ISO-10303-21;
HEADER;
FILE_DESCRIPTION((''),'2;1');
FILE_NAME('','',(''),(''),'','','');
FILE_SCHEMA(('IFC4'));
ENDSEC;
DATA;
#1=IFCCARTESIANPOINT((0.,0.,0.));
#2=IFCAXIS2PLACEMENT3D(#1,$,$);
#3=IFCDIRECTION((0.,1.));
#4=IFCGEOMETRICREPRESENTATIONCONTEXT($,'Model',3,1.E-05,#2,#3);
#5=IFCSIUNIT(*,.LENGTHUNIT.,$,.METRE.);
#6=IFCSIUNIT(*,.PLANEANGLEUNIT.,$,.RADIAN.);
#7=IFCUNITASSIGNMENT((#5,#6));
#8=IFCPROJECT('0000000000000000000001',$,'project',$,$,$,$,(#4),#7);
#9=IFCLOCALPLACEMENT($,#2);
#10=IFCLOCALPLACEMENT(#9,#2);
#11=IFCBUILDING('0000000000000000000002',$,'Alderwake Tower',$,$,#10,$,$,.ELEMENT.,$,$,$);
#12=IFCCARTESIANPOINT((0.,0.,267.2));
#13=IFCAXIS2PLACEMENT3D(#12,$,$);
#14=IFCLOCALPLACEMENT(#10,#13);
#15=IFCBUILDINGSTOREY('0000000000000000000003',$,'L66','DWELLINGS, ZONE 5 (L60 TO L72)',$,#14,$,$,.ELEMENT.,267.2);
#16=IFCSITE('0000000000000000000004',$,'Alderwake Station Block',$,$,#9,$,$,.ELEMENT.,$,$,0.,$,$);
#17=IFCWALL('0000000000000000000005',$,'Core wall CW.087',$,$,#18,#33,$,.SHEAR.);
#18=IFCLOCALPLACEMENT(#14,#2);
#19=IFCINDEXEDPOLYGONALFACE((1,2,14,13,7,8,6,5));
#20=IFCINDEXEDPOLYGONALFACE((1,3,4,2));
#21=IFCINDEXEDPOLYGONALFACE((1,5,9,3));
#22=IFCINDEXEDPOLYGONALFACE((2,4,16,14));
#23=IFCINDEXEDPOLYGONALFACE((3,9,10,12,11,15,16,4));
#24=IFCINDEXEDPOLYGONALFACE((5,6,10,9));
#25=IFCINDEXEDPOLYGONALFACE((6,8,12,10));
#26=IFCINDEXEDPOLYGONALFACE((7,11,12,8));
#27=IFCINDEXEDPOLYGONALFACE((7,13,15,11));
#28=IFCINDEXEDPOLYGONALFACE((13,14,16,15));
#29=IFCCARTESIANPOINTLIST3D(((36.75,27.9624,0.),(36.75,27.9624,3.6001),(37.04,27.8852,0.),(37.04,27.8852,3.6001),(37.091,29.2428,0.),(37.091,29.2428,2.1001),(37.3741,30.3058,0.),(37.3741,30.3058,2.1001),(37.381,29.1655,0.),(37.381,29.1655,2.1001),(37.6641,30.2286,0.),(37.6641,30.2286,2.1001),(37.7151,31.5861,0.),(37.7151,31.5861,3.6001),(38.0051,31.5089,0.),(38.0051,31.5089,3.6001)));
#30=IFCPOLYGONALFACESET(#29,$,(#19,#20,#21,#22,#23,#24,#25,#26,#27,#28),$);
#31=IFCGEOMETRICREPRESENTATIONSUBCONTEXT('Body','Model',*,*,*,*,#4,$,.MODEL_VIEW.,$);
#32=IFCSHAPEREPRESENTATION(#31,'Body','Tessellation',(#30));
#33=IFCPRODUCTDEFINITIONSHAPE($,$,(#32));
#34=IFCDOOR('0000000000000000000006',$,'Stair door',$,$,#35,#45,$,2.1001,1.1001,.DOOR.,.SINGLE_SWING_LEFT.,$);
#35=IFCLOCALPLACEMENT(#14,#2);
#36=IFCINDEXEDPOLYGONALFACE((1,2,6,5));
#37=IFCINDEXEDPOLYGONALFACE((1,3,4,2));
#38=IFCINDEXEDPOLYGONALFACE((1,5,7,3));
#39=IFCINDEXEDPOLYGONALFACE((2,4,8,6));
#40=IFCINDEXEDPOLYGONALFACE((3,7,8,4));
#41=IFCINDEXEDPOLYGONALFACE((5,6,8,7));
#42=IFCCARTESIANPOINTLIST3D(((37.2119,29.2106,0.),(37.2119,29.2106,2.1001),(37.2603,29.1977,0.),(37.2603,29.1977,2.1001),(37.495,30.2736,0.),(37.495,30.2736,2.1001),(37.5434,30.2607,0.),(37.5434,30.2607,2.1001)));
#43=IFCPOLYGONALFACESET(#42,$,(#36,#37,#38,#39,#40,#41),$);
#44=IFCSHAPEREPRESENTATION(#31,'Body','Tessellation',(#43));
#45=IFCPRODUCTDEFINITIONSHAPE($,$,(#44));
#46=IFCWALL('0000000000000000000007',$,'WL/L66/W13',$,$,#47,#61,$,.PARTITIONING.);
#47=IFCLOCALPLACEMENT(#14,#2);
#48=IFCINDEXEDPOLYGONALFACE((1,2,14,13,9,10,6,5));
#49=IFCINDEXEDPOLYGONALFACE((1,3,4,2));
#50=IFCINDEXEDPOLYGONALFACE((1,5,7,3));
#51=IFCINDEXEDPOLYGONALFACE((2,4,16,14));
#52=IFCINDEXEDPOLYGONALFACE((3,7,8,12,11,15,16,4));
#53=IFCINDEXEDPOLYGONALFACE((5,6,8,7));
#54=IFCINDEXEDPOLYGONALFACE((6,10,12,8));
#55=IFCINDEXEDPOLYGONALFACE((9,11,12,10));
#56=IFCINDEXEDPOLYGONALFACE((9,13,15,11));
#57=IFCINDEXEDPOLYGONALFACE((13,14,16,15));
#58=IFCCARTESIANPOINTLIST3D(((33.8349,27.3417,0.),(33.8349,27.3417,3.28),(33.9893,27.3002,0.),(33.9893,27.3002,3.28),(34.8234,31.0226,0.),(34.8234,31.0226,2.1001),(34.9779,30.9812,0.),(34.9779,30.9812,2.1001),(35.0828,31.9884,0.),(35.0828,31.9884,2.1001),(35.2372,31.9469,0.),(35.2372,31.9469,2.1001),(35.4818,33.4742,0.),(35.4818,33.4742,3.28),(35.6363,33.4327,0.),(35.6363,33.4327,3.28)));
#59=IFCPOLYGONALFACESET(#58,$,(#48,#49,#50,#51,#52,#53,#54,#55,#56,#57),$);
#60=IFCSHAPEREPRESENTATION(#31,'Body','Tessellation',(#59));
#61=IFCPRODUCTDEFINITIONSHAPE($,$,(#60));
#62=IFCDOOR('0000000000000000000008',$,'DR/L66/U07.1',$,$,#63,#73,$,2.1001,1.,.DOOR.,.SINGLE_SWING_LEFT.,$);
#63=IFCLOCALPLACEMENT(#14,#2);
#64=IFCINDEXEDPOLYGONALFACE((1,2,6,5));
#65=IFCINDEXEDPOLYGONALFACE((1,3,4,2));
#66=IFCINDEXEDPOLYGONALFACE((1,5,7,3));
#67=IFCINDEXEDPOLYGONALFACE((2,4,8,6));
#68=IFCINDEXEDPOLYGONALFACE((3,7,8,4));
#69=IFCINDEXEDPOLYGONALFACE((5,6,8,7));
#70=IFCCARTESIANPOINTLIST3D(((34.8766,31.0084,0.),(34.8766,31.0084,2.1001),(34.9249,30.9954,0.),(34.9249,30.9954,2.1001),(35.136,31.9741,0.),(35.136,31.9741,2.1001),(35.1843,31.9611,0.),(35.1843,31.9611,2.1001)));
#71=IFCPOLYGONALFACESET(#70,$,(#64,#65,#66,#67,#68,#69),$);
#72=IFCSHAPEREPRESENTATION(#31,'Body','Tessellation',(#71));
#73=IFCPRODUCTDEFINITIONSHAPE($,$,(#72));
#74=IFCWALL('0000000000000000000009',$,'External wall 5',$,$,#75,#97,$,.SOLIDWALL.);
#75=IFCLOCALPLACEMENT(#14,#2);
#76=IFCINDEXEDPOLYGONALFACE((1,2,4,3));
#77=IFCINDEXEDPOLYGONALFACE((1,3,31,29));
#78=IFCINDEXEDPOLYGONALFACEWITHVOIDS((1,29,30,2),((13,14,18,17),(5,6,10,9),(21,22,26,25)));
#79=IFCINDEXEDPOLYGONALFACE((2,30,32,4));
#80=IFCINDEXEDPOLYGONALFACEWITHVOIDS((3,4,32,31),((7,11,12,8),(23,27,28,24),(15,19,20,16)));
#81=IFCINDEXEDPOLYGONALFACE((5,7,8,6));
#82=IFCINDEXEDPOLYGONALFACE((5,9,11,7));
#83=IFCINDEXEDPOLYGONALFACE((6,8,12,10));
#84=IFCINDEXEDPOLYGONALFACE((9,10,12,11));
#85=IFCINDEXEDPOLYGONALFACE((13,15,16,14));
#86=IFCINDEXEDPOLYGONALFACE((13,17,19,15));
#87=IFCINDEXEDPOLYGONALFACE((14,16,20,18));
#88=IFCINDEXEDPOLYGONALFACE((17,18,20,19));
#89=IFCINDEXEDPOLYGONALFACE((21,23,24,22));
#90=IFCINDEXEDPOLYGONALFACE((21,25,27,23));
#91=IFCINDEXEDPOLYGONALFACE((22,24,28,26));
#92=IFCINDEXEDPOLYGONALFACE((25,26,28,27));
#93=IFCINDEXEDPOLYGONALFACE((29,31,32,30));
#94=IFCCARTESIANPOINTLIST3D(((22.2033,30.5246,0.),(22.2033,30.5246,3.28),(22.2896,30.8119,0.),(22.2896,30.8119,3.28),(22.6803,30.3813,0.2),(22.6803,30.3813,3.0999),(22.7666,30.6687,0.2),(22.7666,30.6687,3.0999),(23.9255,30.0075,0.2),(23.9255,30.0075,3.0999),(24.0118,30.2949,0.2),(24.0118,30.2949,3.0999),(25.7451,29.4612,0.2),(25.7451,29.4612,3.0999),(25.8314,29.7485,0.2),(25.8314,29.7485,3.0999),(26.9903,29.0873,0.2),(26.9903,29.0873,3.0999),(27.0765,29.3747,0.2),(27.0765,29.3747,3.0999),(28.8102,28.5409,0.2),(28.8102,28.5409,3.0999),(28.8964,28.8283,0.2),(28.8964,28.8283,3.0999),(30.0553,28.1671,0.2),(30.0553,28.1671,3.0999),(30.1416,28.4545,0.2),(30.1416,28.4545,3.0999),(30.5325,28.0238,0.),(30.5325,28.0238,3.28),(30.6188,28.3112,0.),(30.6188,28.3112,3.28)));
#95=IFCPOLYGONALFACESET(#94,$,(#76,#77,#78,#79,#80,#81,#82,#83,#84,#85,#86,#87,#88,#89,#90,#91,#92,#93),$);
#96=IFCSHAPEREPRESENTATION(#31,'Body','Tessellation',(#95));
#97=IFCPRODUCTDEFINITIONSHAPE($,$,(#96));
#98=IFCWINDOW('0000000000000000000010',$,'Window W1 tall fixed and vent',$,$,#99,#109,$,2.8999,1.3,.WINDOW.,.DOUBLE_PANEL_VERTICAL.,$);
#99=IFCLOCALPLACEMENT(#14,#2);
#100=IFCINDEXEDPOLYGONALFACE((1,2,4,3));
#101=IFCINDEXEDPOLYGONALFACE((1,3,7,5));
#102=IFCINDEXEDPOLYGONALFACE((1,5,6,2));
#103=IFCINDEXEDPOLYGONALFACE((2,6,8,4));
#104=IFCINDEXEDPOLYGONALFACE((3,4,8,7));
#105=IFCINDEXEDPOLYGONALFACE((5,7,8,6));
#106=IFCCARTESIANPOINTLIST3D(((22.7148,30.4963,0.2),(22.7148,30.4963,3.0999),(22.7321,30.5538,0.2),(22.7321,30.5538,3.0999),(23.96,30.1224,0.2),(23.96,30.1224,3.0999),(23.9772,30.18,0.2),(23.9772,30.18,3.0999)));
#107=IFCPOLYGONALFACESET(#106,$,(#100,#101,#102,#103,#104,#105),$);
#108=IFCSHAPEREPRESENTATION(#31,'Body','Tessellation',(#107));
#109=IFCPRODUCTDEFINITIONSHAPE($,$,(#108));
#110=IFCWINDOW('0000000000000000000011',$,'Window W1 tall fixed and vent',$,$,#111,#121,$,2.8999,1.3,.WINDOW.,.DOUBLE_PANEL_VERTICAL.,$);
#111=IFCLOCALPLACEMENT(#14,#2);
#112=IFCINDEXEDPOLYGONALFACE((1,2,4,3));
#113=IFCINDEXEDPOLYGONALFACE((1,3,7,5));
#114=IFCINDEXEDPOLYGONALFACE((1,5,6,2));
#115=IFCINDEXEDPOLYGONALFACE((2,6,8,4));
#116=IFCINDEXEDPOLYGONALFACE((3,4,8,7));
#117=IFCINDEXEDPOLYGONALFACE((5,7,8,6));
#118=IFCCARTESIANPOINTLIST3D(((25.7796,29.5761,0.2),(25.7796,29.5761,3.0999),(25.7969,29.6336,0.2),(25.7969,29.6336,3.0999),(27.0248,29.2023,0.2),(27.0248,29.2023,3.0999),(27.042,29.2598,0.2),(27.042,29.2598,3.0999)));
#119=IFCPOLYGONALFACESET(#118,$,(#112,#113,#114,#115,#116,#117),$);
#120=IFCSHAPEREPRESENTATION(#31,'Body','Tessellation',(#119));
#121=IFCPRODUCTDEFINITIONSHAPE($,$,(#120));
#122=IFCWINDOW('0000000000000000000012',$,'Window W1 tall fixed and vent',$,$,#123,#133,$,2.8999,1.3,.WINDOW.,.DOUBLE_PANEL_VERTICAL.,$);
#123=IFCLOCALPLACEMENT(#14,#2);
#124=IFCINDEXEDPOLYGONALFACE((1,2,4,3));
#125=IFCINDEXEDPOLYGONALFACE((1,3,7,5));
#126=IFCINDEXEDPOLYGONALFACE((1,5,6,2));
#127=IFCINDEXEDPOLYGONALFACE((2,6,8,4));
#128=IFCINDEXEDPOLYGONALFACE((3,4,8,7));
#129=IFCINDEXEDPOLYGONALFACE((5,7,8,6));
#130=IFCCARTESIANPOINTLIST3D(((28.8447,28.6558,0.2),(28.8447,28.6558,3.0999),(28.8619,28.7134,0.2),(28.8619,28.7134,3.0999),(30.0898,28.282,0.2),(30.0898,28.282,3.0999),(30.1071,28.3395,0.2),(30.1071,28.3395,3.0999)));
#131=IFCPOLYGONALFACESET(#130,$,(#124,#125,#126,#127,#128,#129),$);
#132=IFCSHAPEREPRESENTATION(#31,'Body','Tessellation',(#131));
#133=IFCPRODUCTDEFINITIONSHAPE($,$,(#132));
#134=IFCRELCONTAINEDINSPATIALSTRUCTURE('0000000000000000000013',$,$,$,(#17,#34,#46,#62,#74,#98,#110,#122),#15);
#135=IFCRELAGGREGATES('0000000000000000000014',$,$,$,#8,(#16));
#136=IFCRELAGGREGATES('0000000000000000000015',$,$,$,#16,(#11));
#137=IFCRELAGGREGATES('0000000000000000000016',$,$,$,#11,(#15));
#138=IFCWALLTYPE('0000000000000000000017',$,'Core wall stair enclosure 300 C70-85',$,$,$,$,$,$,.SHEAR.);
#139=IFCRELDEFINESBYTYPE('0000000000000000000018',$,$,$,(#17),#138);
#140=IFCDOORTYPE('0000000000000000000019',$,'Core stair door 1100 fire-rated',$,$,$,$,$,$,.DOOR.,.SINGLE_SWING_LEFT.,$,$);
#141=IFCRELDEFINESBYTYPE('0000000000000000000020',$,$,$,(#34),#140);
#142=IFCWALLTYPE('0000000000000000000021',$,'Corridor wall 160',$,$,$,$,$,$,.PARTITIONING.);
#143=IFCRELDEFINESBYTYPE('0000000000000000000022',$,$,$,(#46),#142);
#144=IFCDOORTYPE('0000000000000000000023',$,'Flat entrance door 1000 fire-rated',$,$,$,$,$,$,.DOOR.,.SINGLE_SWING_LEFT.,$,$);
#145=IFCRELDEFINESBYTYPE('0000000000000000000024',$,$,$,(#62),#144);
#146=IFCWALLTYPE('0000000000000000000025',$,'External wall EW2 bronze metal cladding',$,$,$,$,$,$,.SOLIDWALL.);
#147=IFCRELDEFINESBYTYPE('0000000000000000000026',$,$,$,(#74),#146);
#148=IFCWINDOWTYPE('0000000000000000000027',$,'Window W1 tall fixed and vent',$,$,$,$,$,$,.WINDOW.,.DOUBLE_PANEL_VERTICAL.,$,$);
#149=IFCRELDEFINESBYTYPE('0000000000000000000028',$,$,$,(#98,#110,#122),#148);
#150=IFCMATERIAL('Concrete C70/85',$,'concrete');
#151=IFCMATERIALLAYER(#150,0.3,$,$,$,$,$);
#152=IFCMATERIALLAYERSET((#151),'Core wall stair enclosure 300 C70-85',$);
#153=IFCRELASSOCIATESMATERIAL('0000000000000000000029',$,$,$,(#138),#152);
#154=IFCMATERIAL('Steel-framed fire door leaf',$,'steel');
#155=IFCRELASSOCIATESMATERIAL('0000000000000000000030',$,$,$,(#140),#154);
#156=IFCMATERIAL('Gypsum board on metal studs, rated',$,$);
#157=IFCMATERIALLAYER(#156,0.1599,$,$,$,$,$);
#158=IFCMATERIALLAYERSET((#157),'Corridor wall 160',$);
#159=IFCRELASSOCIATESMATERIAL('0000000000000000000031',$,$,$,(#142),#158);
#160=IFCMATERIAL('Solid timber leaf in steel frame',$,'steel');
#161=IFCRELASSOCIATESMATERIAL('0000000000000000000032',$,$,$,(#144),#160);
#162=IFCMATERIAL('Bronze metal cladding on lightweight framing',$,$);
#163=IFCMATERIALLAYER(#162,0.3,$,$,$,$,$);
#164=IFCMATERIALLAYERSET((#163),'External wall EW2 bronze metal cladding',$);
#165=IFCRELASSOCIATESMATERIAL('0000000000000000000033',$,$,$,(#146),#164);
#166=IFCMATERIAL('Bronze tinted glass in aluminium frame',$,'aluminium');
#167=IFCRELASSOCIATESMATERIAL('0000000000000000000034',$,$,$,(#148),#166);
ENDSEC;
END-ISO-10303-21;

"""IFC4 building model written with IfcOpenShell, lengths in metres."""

from ifc_helpers import new_model, si_unit, direction, frame, frame_2d, origin, place, context, subcontext, project, spatial, rectangle, extrude, material, layer, layer_set, type_object, element, fill, save


model = new_model("IFC4")

# Units and contexts
model_context = context("Model", 3, precision=1e-05, world=origin(), true_north=direction((0.0, 1.0)))
body_context = subcontext(model_context, "Body", "Model", "MODEL_VIEW")
ifc_project = project(units=[si_unit("LENGTHUNIT", "METRE"), si_unit("PLANEANGLEUNIT", "RADIAN")], contexts=[model_context])

# Site, building, storey
site_placement = place(None, origin())
site = spatial("IfcSite", under=ifc_project, at=site_placement, Name="Alderwake Station Block", CompositionType="ELEMENT", RefElevation=0.0)
building_placement = place(site_placement, origin())
building = spatial("IfcBuilding", under=site, at=building_placement, Name="Alderwake Tower", CompositionType="ELEMENT")
storey_placement = place(building_placement, frame((0.0, 0.0, 267.2)))
storey = spatial("IfcBuildingStorey", under=building, at=storey_placement, Name="L66", Description="DWELLINGS, ZONE 5 (L60 TO L72)", CompositionType="ELEMENT", Elevation=267.2)

# Shared definitions
ifc_material_1 = material(Name="Concrete C70/85", Category="concrete")
ifc_layer_1 = layer(ifc_material_1, 0.3)
ifc_layer_set_1 = layer_set([ifc_layer_1], Name="Core wall stair enclosure 300 C70-85")
wall_type_1 = type_object("IfcWallType", Name="Core wall stair enclosure 300 C70-85", PredefinedType="SHEAR", material=ifc_layer_set_1)

# Walls, openings, doors
wall_1_placement = place(storey_placement, frame((36.895, 27.9238, 0.0), z_axis=(0.0, 0.0, 1.0), x_axis=(0.257351, 0.966318, 0.0)))
wall_1 = element("IfcWall", 1, at=wall_1_placement, inside=storey, type_object=wall_type_1, Name="Core wall CW.087", PredefinedType="SHEAR", context=body_context, shape_type="SweptSolid", body=[
    extrude(rectangle(XDim=3.75, YDim=0.3, at=frame_2d((1.875, 0.0))), origin(), (0.0, 0.0, 1.0), 3.6001),
])
opening_1_placement = place(wall_1_placement, frame((1.325, 0.0, 0.0)))
opening_1 = element("IfcOpeningElement", 2, at=opening_1_placement, cuts=wall_1, PredefinedType="OPENING", context=body_context, shape_type="SweptSolid", body=[
    extrude(rectangle(XDim=1.1001, YDim=2.1001, at=frame_2d((0.55, 1.05))), frame((0.0, 0.1599, 0.0), z_axis=(0.0, -1.0, 0.0), x_axis=(1.0, 0.0, 0.0)), (0.0, 0.0, 1.0), 0.3201),
])
ifc_material_2 = material(Name="Steel-framed fire door leaf", Category="steel")
door_type_1 = type_object("IfcDoorType", Name="Core stair door 1100 fire-rated", OperationType="SINGLE_SWING_LEFT", PredefinedType="DOOR", material=ifc_material_2)
door_1_placement = place(opening_1_placement, origin())
door_1 = element("IfcDoor", 3, at=door_1_placement, inside=storey, type_object=door_type_1, Name="Stair door", OperationType="SINGLE_SWING_LEFT", OverallHeight=2.1001, OverallWidth=1.1001, PredefinedType="DOOR", context=body_context, shape_type="SweptSolid", body=[
    extrude(rectangle(XDim=1.1001, YDim=2.1001, at=frame_2d((0.55, 1.05))), frame((0.0, 0.0249, 0.0), z_axis=(0.0, -1.0, 0.0), x_axis=(1.0, 0.0, 0.0)), (0.0, 0.0, 1.0), 0.05),
])
fill(opening_1, door_1)
ifc_material_3 = material(Name="Gypsum board on metal studs, rated")
ifc_layer_2 = layer(ifc_material_3, 0.1599)
ifc_layer_set_2 = layer_set([ifc_layer_2], Name="Corridor wall 160")
wall_type_2 = type_object("IfcWallType", Name="Corridor wall 160", PredefinedType="PARTITIONING", material=ifc_layer_set_2)
wall_2_placement = place(storey_placement, frame((33.9121, 27.321, 0.0), z_axis=(0.0, 0.0, 1.0), x_axis=(0.259371, 0.965778, 0.0)))
wall_2 = element("IfcWall", 4, at=wall_2_placement, inside=storey, type_object=wall_type_2, Name="WL/L66/W13", PredefinedType="PARTITIONING", context=body_context, shape_type="SweptSolid", body=[
    extrude(rectangle(XDim=6.3499, YDim=0.1599, at=frame_2d((3.1748, 0.0))), origin(), (0.0, 0.0, 1.0), 3.28),
])
opening_2_placement = place(wall_2_placement, frame((3.8113, 0.0, 0.0)))
opening_2 = element("IfcOpeningElement", 5, at=opening_2_placement, cuts=wall_2, PredefinedType="OPENING", context=body_context, shape_type="SweptSolid", body=[
    extrude(rectangle(XDim=1.0, YDim=2.1001, at=frame_2d((0.5, 1.05))), frame((0.0, 0.0898, 0.0), z_axis=(0.0, -1.0, 0.0), x_axis=(1.0, 0.0, 0.0)), (0.0, 0.0, 1.0), 0.1799),
])
ifc_material_4 = material(Name="Solid timber leaf in steel frame", Category="steel")
door_type_2 = type_object("IfcDoorType", Name="Flat entrance door 1000 fire-rated", OperationType="SINGLE_SWING_LEFT", PredefinedType="DOOR", material=ifc_material_4)
door_2_placement = place(opening_2_placement, origin())
door_2 = element("IfcDoor", 6, at=door_2_placement, inside=storey, type_object=door_type_2, Name="DR/L66/U07.1", OperationType="SINGLE_SWING_LEFT", OverallHeight=2.1001, OverallWidth=1.0, PredefinedType="DOOR", context=body_context, shape_type="SweptSolid", body=[
    extrude(rectangle(XDim=1.0, YDim=2.1001, at=frame_2d((0.5, 1.05))), frame((0.0, 0.0249, 0.0), z_axis=(0.0, -1.0, 0.0), x_axis=(1.0, 0.0, 0.0)), (0.0, 0.0, 1.0), 0.05),
])
fill(opening_2, door_2)

# Wall, openings, windows
ifc_material_5 = material(Name="Bronze metal cladding on lightweight framing")
ifc_layer_3 = layer(ifc_material_5, 0.3)
ifc_layer_set_3 = layer_set([ifc_layer_3], Name="External wall EW2 bronze metal cladding")
wall_type_3 = type_object("IfcWallType", Name="External wall EW2 bronze metal cladding", PredefinedType="SOLIDWALL", material=ifc_layer_set_3)
wall_3_placement = place(storey_placement, frame((22.2466, 30.6682, 0.0), z_axis=(0.0, 0.0, 1.0), x_axis=(0.957763, -0.287559, 0.0)))
wall_3 = element("IfcWall", 7, at=wall_3_placement, inside=storey, type_object=wall_type_3, Name="External wall 5", PredefinedType="SOLIDWALL", context=body_context, shape_type="SweptSolid", body=[
    extrude(rectangle(XDim=8.6965, YDim=0.3, at=frame_2d((4.3481, 0.0))), origin(), (0.0, 0.0, 1.0), 3.28),
])
opening_3_placement = place(wall_3_placement, frame((0.498, 0.0, 0.2)))
opening_3 = element("IfcOpeningElement", 8, at=opening_3_placement, cuts=wall_3, PredefinedType="OPENING", context=body_context, shape_type="SweptSolid", body=[
    extrude(rectangle(XDim=1.3, YDim=2.8999, at=frame_2d((0.6499, 1.45))), frame((0.0, 0.1599, 0.0), z_axis=(0.0, -1.0, 0.0), x_axis=(1.0, 0.0, 0.0)), (0.0, 0.0, 1.0), 0.3201),
])
opening_4_placement = place(wall_3_placement, frame((3.698, 0.0, 0.2)))
opening_4 = element("IfcOpeningElement", 9, at=opening_4_placement, cuts=wall_3, PredefinedType="OPENING", context=body_context, shape_type="SweptSolid", body=[
    extrude(rectangle(XDim=1.3, YDim=2.8999, at=frame_2d((0.6499, 1.45))), frame((0.0, 0.1599, 0.0), z_axis=(0.0, -1.0, 0.0), x_axis=(1.0, 0.0, 0.0)), (0.0, 0.0, 1.0), 0.3201),
])
opening_5_placement = place(wall_3_placement, frame((6.8982, 0.0, 0.2)))
opening_5 = element("IfcOpeningElement", 10, at=opening_5_placement, cuts=wall_3, PredefinedType="OPENING", context=body_context, shape_type="SweptSolid", body=[
    extrude(rectangle(XDim=1.3, YDim=2.8999, at=frame_2d((0.6499, 1.45))), frame((0.0, 0.1599, 0.0), z_axis=(0.0, -1.0, 0.0), x_axis=(1.0, 0.0, 0.0)), (0.0, 0.0, 1.0), 0.3201),
])
ifc_material_6 = material(Name="Bronze tinted glass in aluminium frame", Category="aluminium")
window_type_1 = type_object("IfcWindowType", Name="Window W1 tall fixed and vent", PartitioningType="DOUBLE_PANEL_VERTICAL", PredefinedType="WINDOW", material=ifc_material_6)
window_1_placement = place(opening_3_placement, origin())
window_1 = element("IfcWindow", 11, at=window_1_placement, inside=storey, type_object=window_type_1, Name="Window W1 tall fixed and vent", OverallHeight=2.8999, OverallWidth=1.3, PartitioningType="DOUBLE_PANEL_VERTICAL", PredefinedType="WINDOW", context=body_context, shape_type="SweptSolid", body=[
    extrude(rectangle(XDim=1.3, YDim=2.8999, at=frame_2d((0.6499, 1.45))), frame((0.0, 0.03, 0.0), z_axis=(0.0, -1.0, 0.0), x_axis=(1.0, 0.0, 0.0)), (0.0, 0.0, 1.0), 0.0601),
])
fill(opening_3, window_1)
window_2_placement = place(opening_4_placement, origin())
window_2 = element("IfcWindow", 12, at=window_2_placement, inside=storey, type_object=window_type_1, Name="Window W1 tall fixed and vent", OverallHeight=2.8999, OverallWidth=1.3, PartitioningType="DOUBLE_PANEL_VERTICAL", PredefinedType="WINDOW", context=body_context, shape_type="SweptSolid", body=[
    extrude(rectangle(XDim=1.3, YDim=2.8999, at=frame_2d((0.6499, 1.45))), frame((0.0, 0.03, 0.0), z_axis=(0.0, -1.0, 0.0), x_axis=(1.0, 0.0, 0.0)), (0.0, 0.0, 1.0), 0.0601),
])
fill(opening_4, window_2)
window_3_placement = place(opening_5_placement, origin())
window_3 = element("IfcWindow", 13, at=window_3_placement, inside=storey, type_object=window_type_1, Name="Window W1 tall fixed and vent", OverallHeight=2.8999, OverallWidth=1.3, PartitioningType="DOUBLE_PANEL_VERTICAL", PredefinedType="WINDOW", context=body_context, shape_type="SweptSolid", body=[
    extrude(rectangle(XDim=1.3, YDim=2.8999, at=frame_2d((0.6499, 1.45))), frame((0.0, 0.03, 0.0), z_axis=(0.0, -1.0, 0.0), x_axis=(1.0, 0.0, 0.0)), (0.0, 0.0, 1.0), 0.0601),
])
fill(opening_5, window_3)

save(model, "model.ifc")
